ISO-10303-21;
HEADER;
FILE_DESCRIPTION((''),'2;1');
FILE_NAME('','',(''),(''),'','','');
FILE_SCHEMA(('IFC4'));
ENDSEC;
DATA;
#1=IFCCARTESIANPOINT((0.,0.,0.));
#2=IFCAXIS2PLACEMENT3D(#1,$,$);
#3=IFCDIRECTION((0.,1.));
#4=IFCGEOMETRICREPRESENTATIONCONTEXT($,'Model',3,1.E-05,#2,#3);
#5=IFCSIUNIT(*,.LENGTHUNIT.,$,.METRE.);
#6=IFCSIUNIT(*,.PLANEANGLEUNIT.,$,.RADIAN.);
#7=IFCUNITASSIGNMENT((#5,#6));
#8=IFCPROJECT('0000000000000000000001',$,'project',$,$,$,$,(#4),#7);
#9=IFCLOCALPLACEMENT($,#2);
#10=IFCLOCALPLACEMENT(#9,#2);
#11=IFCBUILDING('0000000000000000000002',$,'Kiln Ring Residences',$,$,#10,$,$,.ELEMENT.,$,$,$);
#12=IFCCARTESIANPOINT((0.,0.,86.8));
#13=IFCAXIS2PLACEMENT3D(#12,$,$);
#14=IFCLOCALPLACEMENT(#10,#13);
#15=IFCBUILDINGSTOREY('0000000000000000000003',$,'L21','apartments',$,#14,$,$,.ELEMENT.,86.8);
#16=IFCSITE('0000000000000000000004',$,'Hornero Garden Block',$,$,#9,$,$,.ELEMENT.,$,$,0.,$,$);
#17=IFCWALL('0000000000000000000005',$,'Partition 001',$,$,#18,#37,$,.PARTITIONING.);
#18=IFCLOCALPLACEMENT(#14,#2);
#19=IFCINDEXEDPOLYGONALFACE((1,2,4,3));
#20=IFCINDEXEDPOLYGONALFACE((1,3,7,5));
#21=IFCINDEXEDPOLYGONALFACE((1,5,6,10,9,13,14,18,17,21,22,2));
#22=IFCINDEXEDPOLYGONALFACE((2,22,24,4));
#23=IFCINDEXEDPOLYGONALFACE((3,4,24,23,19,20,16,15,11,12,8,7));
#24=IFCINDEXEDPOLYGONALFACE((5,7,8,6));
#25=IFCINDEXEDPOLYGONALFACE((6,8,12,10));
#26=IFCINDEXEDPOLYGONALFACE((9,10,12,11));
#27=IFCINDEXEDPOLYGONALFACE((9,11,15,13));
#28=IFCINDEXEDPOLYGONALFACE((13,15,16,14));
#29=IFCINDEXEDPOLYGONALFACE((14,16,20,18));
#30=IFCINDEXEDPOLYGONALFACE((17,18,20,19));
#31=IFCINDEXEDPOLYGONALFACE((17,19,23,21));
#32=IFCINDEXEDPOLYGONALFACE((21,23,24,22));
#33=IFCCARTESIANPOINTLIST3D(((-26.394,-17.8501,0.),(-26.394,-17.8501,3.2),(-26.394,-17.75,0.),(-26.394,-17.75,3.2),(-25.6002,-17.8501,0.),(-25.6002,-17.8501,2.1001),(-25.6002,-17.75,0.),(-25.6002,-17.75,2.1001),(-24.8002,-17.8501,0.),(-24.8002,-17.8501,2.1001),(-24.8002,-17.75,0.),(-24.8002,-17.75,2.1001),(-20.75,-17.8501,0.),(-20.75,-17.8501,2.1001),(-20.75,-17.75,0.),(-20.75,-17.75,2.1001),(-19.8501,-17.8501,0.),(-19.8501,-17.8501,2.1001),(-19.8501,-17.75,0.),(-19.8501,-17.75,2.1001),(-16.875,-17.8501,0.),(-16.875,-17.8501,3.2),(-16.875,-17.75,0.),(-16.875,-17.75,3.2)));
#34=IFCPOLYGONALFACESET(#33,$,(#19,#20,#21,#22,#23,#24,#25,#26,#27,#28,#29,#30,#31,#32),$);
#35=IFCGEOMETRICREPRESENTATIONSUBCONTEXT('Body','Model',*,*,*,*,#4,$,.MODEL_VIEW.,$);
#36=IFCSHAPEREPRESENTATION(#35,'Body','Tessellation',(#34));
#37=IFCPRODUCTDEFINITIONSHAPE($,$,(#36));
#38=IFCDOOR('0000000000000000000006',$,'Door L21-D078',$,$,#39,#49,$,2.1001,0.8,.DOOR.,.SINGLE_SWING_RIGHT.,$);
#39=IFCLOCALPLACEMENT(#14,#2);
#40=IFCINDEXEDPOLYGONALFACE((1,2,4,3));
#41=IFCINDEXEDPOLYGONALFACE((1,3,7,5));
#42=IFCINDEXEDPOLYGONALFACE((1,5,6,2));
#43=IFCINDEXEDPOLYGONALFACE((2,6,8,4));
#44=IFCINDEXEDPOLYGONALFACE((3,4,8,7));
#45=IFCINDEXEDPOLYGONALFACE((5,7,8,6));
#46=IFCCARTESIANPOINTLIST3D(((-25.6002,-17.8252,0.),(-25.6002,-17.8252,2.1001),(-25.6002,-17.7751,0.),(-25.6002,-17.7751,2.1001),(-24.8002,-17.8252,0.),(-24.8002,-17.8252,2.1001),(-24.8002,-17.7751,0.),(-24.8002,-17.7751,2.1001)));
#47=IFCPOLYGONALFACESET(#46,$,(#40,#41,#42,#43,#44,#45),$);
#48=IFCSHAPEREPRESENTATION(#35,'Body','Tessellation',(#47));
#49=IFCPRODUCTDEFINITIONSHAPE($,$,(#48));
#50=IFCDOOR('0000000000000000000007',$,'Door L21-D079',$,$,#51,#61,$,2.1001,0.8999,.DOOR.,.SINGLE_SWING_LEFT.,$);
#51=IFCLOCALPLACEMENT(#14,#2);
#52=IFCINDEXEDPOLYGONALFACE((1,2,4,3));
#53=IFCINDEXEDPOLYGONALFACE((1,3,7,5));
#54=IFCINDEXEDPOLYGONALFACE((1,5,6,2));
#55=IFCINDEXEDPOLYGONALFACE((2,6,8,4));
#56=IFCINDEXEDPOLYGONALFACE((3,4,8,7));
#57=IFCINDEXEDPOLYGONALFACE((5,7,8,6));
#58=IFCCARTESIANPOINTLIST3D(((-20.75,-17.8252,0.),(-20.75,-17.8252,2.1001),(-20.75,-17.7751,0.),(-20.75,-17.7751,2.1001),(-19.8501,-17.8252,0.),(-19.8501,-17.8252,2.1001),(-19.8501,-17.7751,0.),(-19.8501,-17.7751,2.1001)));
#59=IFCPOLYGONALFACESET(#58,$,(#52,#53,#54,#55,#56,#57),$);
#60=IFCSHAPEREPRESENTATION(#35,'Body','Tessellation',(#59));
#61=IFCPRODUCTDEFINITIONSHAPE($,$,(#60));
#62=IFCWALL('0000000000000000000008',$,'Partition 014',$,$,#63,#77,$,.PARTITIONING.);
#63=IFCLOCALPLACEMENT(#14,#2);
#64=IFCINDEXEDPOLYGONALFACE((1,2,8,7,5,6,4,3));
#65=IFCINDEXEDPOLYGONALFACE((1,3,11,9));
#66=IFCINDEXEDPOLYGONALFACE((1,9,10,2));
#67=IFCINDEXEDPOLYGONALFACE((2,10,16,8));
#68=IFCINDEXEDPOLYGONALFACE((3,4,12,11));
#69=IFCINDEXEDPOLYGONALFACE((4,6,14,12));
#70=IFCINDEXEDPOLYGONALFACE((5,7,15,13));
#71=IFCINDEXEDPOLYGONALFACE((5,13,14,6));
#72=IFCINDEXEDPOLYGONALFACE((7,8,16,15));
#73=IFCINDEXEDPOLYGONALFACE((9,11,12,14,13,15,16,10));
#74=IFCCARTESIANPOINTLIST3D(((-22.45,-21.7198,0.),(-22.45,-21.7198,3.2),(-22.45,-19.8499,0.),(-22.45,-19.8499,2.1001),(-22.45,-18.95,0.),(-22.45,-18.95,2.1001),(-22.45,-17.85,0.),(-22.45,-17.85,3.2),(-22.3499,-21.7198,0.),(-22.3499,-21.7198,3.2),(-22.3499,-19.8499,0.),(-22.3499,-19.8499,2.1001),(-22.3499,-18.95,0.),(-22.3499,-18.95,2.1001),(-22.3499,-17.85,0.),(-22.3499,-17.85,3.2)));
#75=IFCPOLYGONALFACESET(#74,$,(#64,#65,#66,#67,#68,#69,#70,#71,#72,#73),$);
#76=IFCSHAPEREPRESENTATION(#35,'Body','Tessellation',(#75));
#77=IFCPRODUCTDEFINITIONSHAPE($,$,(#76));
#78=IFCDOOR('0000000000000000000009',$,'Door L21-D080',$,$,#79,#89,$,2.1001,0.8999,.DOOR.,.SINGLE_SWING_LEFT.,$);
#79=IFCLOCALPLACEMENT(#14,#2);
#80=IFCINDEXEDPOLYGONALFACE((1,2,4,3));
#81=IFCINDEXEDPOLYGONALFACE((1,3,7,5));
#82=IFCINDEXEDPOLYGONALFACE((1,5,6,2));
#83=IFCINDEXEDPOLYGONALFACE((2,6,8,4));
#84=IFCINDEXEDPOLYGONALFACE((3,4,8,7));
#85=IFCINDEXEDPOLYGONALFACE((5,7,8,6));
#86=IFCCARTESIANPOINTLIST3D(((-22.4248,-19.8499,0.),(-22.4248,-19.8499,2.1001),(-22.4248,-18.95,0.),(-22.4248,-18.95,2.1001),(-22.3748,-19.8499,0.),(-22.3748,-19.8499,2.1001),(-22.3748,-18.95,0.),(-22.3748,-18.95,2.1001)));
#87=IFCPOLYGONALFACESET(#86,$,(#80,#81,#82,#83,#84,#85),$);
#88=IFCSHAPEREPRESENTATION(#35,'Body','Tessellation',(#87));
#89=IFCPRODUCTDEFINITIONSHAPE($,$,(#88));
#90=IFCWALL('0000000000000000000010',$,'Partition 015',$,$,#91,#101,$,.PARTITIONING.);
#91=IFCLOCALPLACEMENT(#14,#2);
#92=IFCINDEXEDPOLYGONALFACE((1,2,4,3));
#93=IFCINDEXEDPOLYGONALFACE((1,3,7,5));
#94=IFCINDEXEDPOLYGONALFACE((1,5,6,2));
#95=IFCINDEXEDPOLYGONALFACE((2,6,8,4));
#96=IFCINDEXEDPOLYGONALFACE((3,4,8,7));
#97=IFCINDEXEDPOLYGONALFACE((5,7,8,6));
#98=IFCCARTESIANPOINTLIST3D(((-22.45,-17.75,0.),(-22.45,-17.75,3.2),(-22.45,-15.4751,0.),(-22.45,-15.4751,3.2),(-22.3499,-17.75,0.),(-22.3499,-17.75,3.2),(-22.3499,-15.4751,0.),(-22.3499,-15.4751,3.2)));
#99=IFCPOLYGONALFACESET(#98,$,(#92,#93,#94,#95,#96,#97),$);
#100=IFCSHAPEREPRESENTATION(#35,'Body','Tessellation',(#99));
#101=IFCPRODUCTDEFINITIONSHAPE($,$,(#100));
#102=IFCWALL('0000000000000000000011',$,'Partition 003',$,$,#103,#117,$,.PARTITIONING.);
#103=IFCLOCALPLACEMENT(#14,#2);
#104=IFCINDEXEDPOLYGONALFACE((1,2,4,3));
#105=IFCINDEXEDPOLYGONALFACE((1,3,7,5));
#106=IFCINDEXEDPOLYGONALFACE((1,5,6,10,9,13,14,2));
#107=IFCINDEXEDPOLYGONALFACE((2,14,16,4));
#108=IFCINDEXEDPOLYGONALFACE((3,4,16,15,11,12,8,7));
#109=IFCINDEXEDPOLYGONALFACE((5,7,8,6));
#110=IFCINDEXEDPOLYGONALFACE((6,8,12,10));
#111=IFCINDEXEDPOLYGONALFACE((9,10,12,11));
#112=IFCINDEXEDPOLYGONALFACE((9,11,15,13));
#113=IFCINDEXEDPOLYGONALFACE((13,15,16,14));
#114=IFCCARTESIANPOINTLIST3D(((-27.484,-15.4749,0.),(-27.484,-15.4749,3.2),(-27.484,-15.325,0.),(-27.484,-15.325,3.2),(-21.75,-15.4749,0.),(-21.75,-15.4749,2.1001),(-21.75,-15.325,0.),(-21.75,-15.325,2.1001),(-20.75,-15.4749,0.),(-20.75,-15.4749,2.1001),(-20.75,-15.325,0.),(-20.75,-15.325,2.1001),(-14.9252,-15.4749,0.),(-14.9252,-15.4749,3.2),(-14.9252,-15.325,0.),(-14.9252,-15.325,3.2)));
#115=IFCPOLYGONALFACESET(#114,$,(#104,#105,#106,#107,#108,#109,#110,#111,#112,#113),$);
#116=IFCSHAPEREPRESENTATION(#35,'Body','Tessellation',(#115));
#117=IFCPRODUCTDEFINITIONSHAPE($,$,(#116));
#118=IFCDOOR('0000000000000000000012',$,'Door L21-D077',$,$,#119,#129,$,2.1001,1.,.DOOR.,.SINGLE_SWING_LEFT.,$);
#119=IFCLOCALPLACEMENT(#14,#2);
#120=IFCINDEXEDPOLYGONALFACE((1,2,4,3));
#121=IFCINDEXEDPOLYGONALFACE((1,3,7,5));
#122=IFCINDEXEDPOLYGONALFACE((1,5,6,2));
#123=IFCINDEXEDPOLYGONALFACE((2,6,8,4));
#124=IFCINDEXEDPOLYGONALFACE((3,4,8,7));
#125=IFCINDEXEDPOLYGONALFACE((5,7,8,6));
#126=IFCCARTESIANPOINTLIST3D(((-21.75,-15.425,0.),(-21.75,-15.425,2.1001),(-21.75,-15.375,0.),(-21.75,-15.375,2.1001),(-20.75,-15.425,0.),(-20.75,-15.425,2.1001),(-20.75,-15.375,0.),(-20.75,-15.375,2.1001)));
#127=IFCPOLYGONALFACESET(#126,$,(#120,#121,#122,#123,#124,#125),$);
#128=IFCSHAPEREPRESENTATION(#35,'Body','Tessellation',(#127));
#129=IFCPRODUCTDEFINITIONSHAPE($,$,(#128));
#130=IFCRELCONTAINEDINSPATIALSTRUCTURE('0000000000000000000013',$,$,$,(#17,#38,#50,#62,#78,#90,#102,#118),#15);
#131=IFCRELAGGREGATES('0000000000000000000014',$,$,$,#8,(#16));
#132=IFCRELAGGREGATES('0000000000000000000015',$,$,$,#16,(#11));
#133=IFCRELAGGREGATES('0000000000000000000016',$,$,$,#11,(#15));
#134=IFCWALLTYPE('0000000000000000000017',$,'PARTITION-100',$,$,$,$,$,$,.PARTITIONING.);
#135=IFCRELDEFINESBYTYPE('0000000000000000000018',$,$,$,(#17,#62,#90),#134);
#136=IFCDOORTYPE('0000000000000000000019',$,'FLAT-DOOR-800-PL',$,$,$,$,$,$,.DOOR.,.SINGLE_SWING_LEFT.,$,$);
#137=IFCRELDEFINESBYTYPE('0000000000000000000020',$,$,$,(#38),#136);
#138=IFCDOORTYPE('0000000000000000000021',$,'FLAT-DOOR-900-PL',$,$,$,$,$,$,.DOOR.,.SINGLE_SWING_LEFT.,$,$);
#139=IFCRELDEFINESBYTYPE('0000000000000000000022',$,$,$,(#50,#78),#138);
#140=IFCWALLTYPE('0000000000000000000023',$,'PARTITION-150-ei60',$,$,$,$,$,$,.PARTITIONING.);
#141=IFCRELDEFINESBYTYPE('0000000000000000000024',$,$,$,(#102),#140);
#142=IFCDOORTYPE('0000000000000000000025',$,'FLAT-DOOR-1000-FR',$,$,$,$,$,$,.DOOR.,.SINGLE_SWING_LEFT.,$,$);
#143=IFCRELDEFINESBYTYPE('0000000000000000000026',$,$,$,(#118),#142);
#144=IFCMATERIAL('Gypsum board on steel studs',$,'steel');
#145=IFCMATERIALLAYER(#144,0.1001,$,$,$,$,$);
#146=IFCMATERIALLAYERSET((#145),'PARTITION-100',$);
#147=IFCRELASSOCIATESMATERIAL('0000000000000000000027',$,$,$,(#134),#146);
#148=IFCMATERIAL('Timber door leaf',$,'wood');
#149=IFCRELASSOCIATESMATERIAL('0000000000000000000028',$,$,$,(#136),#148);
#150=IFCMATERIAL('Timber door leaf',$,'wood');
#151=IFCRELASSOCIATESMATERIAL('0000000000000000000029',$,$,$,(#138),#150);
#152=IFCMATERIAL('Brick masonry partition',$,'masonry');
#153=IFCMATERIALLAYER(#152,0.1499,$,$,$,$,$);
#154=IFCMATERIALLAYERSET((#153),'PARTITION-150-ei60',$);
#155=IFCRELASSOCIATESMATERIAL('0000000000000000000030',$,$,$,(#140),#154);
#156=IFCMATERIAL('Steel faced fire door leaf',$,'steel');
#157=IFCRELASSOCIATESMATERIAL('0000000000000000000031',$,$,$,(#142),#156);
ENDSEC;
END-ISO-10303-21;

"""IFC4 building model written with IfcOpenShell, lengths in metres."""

from ifc_helpers import new_model, si_unit, direction, frame, frame_2d, origin, place, context, subcontext, project, spatial, rectangle, extrude, material, layer, layer_set, type_object, element, fill, save


model = new_model("IFC4")

# Units and contexts
model_context = context("Model", 3, precision=1e-05, world=origin(), true_north=direction((0.0, 1.0)))
body_context = subcontext(model_context, "Body", "Model", "MODEL_VIEW")
ifc_project = project(units=[si_unit("LENGTHUNIT", "METRE"), si_unit("PLANEANGLEUNIT", "RADIAN")], contexts=[model_context])

# Site, building, storey
site_placement = place(None, origin())
site = spatial("IfcSite", under=ifc_project, at=site_placement, Name="Hornero Garden Block", CompositionType="ELEMENT", RefElevation=0.0)
building_placement = place(site_placement, origin())
building = spatial("IfcBuilding", under=site, at=building_placement, Name="Kiln Ring Residences", CompositionType="ELEMENT")
storey_placement = place(building_placement, frame((0.0, 0.0, 86.8)))
storey = spatial("IfcBuildingStorey", under=building, at=storey_placement, Name="L21", Description="apartments", CompositionType="ELEMENT", Elevation=86.8)

# Wall, openings, doors
ifc_material_1 = material(Name="Gypsum board on steel studs", Category="steel")
ifc_layer_1 = layer(ifc_material_1, 0.1001)
ifc_layer_set_1 = layer_set([ifc_layer_1], Name="PARTITION-100")
wall_type_1 = type_object("IfcWallType", Name="PARTITION-100", PredefinedType="PARTITIONING", material=ifc_layer_set_1)
wall_1_placement = place(storey_placement, frame((-26.394, -17.8, 0.0), z_axis=(0.0, 0.0, 1.0), x_axis=(1.0, 0.0, 0.0)))
wall_1 = element("IfcWall", 1, at=wall_1_placement, inside=storey, type_object=wall_type_1, Name="Partition 001", PredefinedType="PARTITIONING", context=body_context, shape_type="SweptSolid", body=[
    extrude(rectangle(XDim=9.519, YDim=0.1001, at=frame_2d((4.7595, 0.0))), origin(), (0.0, 0.0, 1.0), 3.2),
])
opening_1_placement = place(wall_1_placement, frame((0.7939, 0.0, 0.0)))
opening_1 = element("IfcOpeningElement", 2, at=opening_1_placement, cuts=wall_1, PredefinedType="OPENING", context=body_context, shape_type="SweptSolid", body=[
    extrude(rectangle(XDim=0.8, YDim=2.1001, at=frame_2d((0.3999, 1.05))), frame((0.0, 0.0601, 0.0), z_axis=(0.0, -1.0, 0.0), x_axis=(1.0, 0.0, 0.0)), (0.0, 0.0, 1.0), 0.1201),
])
opening_2_placement = place(wall_1_placement, frame((5.644, 0.0, 0.0)))
opening_2 = element("IfcOpeningElement", 3, at=opening_2_placement, cuts=wall_1, PredefinedType="OPENING", context=body_context, shape_type="SweptSolid", body=[
    extrude(rectangle(XDim=0.8999, YDim=2.1001, at=frame_2d((0.45, 1.05))), frame((0.0, 0.0601, 0.0), z_axis=(0.0, -1.0, 0.0), x_axis=(1.0, 0.0, 0.0)), (0.0, 0.0, 1.0), 0.1201),
])
ifc_material_2 = material(Name="Timber door leaf", Category="wood")
door_type_1 = type_object("IfcDoorType", Name="FLAT-DOOR-800-PL", OperationType="SINGLE_SWING_LEFT", PredefinedType="DOOR", material=ifc_material_2)
door_1_placement = place(opening_1_placement, origin())
door_1 = element("IfcDoor", 4, at=door_1_placement, inside=storey, type_object=door_type_1, Name="Door L21-D078", OperationType="SINGLE_SWING_RIGHT", OverallHeight=2.1001, OverallWidth=0.8, PredefinedType="DOOR", context=body_context, shape_type="SweptSolid", body=[
    extrude(rectangle(XDim=0.8, YDim=2.1001, at=frame_2d((0.3999, 1.05))), frame((0.0, 0.0249, 0.0), z_axis=(0.0, -1.0, 0.0), x_axis=(1.0, 0.0, 0.0)), (0.0, 0.0, 1.0), 0.05),
])
fill(opening_1, door_1)
ifc_material_3 = material(Name="Timber door leaf", Category="wood")
door_type_2 = type_object("IfcDoorType", Name="FLAT-DOOR-900-PL", OperationType="SINGLE_SWING_LEFT", PredefinedType="DOOR", material=ifc_material_3)
door_2_placement = place(opening_2_placement, origin())
door_2 = element("IfcDoor", 5, at=door_2_placement, inside=storey, type_object=door_type_2, Name="Door L21-D079", OperationType="SINGLE_SWING_LEFT", OverallHeight=2.1001, OverallWidth=0.8999, PredefinedType="DOOR", context=body_context, shape_type="SweptSolid", body=[
    extrude(rectangle(XDim=0.8999, YDim=2.1001, at=frame_2d((0.45, 1.05))), frame((0.0, 0.0249, 0.0), z_axis=(0.0, -1.0, 0.0), x_axis=(1.0, 0.0, 0.0)), (0.0, 0.0, 1.0), 0.05),
])
fill(opening_2, door_2)

# Wall, opening, door
wall_2_placement = place(storey_placement, frame((-22.3999, -21.72, 0.0), z_axis=(0.0, 0.0, 1.0), x_axis=(0.0, 1.0, 0.0)))
wall_2 = element("IfcWall", 6, at=wall_2_placement, inside=storey, type_object=wall_type_1, Name="Partition 014", PredefinedType="PARTITIONING", context=body_context, shape_type="SweptSolid", body=[
    extrude(rectangle(XDim=3.8699, YDim=0.1001, at=frame_2d((1.9351, 0.0))), origin(), (0.0, 0.0, 1.0), 3.2),
])
opening_3_placement = place(wall_2_placement, frame((1.8701, 0.0, 0.0)))
opening_3 = element("IfcOpeningElement", 7, at=opening_3_placement, cuts=wall_2, PredefinedType="OPENING", context=body_context, shape_type="SweptSolid", body=[
    extrude(rectangle(XDim=0.8999, YDim=2.1001, at=frame_2d((0.45, 1.05))), frame((0.0, 0.0601, 0.0), z_axis=(0.0, -1.0, 0.0), x_axis=(1.0, 0.0, 0.0)), (0.0, 0.0, 1.0), 0.1201),
])
door_3_placement = place(opening_3_placement, origin())
door_3 = element("IfcDoor", 8, at=door_3_placement, inside=storey, type_object=door_type_2, Name="Door L21-D080", OperationType="SINGLE_SWING_LEFT", OverallHeight=2.1001, OverallWidth=0.8999, PredefinedType="DOOR", context=body_context, shape_type="SweptSolid", body=[
    extrude(rectangle(XDim=0.8999, YDim=2.1001, at=frame_2d((0.45, 1.05))), frame((0.0, 0.0249, 0.0), z_axis=(0.0, -1.0, 0.0), x_axis=(1.0, 0.0, 0.0)), (0.0, 0.0, 1.0), 0.05),
])
fill(opening_3, door_3)

# Wall
wall_3_placement = place(storey_placement, frame((-22.3999, -17.75, 0.0), z_axis=(0.0, 0.0, 1.0), x_axis=(0.0, 1.0, 0.0)))
element("IfcWall", 9, at=wall_3_placement, inside=storey, type_object=wall_type_1, Name="Partition 015", PredefinedType="PARTITIONING", context=body_context, shape_type="SweptSolid", body=[
    extrude(rectangle(XDim=2.2749, YDim=0.1001, at=frame_2d((1.1375, 0.0))), origin(), (0.0, 0.0, 1.0), 3.2),
])

# Wall, opening, door
ifc_material_4 = material(Name="Brick masonry partition", Category="masonry")
ifc_layer_2 = layer(ifc_material_4, 0.1499)
ifc_layer_set_2 = layer_set([ifc_layer_2], Name="PARTITION-150-ei60")
wall_type_2 = type_object("IfcWallType", Name="PARTITION-150-ei60", PredefinedType="PARTITIONING", material=ifc_layer_set_2)
wall_4_placement = place(storey_placement, frame((-27.4839, -15.3999, 0.0), z_axis=(0.0, 0.0, 1.0), x_axis=(1.0, 0.0, 0.0)))
wall_4 = element("IfcWall", 10, at=wall_4_placement, inside=storey, type_object=wall_type_2, Name="Partition 003", PredefinedType="PARTITIONING", context=body_context, shape_type="SweptSolid", body=[
    extrude(rectangle(XDim=12.5588, YDim=0.1499, at=frame_2d((6.2793, 0.0))), origin(), (0.0, 0.0, 1.0), 3.2),
])
opening_4_placement = place(wall_4_placement, frame((5.7339, 0.0, 0.0)))
opening_4 = element("IfcOpeningElement", 11, at=opening_4_placement, cuts=wall_4, PredefinedType="OPENING", context=body_context, shape_type="SweptSolid", body=[
    extrude(rectangle(XDim=1.0, YDim=2.1001, at=frame_2d((0.5, 1.05))), frame((0.0, 0.085, 0.0), z_axis=(0.0, -1.0, 0.0), x_axis=(1.0, 0.0, 0.0)), (0.0, 0.0, 1.0), 0.1699),
])
ifc_material_5 = material(Name="Steel faced fire door leaf", Category="steel")
door_type_3 = type_object("IfcDoorType", Name="FLAT-DOOR-1000-FR", OperationType="SINGLE_SWING_LEFT", PredefinedType="DOOR", material=ifc_material_5)
door_4_placement = place(opening_4_placement, origin())
door_4 = element("IfcDoor", 12, at=door_4_placement, inside=storey, type_object=door_type_3, Name="Door L21-D077", OperationType="SINGLE_SWING_LEFT", OverallHeight=2.1001, OverallWidth=1.0, PredefinedType="DOOR", context=body_context, shape_type="SweptSolid", body=[
    extrude(rectangle(XDim=1.0, YDim=2.1001, at=frame_2d((0.5, 1.05))), frame((0.0, 0.0249, 0.0), z_axis=(0.0, -1.0, 0.0), x_axis=(1.0, 0.0, 0.0)), (0.0, 0.0, 1.0), 0.05),
])
fill(opening_4, door_4)

save(model, "model.ifc")
